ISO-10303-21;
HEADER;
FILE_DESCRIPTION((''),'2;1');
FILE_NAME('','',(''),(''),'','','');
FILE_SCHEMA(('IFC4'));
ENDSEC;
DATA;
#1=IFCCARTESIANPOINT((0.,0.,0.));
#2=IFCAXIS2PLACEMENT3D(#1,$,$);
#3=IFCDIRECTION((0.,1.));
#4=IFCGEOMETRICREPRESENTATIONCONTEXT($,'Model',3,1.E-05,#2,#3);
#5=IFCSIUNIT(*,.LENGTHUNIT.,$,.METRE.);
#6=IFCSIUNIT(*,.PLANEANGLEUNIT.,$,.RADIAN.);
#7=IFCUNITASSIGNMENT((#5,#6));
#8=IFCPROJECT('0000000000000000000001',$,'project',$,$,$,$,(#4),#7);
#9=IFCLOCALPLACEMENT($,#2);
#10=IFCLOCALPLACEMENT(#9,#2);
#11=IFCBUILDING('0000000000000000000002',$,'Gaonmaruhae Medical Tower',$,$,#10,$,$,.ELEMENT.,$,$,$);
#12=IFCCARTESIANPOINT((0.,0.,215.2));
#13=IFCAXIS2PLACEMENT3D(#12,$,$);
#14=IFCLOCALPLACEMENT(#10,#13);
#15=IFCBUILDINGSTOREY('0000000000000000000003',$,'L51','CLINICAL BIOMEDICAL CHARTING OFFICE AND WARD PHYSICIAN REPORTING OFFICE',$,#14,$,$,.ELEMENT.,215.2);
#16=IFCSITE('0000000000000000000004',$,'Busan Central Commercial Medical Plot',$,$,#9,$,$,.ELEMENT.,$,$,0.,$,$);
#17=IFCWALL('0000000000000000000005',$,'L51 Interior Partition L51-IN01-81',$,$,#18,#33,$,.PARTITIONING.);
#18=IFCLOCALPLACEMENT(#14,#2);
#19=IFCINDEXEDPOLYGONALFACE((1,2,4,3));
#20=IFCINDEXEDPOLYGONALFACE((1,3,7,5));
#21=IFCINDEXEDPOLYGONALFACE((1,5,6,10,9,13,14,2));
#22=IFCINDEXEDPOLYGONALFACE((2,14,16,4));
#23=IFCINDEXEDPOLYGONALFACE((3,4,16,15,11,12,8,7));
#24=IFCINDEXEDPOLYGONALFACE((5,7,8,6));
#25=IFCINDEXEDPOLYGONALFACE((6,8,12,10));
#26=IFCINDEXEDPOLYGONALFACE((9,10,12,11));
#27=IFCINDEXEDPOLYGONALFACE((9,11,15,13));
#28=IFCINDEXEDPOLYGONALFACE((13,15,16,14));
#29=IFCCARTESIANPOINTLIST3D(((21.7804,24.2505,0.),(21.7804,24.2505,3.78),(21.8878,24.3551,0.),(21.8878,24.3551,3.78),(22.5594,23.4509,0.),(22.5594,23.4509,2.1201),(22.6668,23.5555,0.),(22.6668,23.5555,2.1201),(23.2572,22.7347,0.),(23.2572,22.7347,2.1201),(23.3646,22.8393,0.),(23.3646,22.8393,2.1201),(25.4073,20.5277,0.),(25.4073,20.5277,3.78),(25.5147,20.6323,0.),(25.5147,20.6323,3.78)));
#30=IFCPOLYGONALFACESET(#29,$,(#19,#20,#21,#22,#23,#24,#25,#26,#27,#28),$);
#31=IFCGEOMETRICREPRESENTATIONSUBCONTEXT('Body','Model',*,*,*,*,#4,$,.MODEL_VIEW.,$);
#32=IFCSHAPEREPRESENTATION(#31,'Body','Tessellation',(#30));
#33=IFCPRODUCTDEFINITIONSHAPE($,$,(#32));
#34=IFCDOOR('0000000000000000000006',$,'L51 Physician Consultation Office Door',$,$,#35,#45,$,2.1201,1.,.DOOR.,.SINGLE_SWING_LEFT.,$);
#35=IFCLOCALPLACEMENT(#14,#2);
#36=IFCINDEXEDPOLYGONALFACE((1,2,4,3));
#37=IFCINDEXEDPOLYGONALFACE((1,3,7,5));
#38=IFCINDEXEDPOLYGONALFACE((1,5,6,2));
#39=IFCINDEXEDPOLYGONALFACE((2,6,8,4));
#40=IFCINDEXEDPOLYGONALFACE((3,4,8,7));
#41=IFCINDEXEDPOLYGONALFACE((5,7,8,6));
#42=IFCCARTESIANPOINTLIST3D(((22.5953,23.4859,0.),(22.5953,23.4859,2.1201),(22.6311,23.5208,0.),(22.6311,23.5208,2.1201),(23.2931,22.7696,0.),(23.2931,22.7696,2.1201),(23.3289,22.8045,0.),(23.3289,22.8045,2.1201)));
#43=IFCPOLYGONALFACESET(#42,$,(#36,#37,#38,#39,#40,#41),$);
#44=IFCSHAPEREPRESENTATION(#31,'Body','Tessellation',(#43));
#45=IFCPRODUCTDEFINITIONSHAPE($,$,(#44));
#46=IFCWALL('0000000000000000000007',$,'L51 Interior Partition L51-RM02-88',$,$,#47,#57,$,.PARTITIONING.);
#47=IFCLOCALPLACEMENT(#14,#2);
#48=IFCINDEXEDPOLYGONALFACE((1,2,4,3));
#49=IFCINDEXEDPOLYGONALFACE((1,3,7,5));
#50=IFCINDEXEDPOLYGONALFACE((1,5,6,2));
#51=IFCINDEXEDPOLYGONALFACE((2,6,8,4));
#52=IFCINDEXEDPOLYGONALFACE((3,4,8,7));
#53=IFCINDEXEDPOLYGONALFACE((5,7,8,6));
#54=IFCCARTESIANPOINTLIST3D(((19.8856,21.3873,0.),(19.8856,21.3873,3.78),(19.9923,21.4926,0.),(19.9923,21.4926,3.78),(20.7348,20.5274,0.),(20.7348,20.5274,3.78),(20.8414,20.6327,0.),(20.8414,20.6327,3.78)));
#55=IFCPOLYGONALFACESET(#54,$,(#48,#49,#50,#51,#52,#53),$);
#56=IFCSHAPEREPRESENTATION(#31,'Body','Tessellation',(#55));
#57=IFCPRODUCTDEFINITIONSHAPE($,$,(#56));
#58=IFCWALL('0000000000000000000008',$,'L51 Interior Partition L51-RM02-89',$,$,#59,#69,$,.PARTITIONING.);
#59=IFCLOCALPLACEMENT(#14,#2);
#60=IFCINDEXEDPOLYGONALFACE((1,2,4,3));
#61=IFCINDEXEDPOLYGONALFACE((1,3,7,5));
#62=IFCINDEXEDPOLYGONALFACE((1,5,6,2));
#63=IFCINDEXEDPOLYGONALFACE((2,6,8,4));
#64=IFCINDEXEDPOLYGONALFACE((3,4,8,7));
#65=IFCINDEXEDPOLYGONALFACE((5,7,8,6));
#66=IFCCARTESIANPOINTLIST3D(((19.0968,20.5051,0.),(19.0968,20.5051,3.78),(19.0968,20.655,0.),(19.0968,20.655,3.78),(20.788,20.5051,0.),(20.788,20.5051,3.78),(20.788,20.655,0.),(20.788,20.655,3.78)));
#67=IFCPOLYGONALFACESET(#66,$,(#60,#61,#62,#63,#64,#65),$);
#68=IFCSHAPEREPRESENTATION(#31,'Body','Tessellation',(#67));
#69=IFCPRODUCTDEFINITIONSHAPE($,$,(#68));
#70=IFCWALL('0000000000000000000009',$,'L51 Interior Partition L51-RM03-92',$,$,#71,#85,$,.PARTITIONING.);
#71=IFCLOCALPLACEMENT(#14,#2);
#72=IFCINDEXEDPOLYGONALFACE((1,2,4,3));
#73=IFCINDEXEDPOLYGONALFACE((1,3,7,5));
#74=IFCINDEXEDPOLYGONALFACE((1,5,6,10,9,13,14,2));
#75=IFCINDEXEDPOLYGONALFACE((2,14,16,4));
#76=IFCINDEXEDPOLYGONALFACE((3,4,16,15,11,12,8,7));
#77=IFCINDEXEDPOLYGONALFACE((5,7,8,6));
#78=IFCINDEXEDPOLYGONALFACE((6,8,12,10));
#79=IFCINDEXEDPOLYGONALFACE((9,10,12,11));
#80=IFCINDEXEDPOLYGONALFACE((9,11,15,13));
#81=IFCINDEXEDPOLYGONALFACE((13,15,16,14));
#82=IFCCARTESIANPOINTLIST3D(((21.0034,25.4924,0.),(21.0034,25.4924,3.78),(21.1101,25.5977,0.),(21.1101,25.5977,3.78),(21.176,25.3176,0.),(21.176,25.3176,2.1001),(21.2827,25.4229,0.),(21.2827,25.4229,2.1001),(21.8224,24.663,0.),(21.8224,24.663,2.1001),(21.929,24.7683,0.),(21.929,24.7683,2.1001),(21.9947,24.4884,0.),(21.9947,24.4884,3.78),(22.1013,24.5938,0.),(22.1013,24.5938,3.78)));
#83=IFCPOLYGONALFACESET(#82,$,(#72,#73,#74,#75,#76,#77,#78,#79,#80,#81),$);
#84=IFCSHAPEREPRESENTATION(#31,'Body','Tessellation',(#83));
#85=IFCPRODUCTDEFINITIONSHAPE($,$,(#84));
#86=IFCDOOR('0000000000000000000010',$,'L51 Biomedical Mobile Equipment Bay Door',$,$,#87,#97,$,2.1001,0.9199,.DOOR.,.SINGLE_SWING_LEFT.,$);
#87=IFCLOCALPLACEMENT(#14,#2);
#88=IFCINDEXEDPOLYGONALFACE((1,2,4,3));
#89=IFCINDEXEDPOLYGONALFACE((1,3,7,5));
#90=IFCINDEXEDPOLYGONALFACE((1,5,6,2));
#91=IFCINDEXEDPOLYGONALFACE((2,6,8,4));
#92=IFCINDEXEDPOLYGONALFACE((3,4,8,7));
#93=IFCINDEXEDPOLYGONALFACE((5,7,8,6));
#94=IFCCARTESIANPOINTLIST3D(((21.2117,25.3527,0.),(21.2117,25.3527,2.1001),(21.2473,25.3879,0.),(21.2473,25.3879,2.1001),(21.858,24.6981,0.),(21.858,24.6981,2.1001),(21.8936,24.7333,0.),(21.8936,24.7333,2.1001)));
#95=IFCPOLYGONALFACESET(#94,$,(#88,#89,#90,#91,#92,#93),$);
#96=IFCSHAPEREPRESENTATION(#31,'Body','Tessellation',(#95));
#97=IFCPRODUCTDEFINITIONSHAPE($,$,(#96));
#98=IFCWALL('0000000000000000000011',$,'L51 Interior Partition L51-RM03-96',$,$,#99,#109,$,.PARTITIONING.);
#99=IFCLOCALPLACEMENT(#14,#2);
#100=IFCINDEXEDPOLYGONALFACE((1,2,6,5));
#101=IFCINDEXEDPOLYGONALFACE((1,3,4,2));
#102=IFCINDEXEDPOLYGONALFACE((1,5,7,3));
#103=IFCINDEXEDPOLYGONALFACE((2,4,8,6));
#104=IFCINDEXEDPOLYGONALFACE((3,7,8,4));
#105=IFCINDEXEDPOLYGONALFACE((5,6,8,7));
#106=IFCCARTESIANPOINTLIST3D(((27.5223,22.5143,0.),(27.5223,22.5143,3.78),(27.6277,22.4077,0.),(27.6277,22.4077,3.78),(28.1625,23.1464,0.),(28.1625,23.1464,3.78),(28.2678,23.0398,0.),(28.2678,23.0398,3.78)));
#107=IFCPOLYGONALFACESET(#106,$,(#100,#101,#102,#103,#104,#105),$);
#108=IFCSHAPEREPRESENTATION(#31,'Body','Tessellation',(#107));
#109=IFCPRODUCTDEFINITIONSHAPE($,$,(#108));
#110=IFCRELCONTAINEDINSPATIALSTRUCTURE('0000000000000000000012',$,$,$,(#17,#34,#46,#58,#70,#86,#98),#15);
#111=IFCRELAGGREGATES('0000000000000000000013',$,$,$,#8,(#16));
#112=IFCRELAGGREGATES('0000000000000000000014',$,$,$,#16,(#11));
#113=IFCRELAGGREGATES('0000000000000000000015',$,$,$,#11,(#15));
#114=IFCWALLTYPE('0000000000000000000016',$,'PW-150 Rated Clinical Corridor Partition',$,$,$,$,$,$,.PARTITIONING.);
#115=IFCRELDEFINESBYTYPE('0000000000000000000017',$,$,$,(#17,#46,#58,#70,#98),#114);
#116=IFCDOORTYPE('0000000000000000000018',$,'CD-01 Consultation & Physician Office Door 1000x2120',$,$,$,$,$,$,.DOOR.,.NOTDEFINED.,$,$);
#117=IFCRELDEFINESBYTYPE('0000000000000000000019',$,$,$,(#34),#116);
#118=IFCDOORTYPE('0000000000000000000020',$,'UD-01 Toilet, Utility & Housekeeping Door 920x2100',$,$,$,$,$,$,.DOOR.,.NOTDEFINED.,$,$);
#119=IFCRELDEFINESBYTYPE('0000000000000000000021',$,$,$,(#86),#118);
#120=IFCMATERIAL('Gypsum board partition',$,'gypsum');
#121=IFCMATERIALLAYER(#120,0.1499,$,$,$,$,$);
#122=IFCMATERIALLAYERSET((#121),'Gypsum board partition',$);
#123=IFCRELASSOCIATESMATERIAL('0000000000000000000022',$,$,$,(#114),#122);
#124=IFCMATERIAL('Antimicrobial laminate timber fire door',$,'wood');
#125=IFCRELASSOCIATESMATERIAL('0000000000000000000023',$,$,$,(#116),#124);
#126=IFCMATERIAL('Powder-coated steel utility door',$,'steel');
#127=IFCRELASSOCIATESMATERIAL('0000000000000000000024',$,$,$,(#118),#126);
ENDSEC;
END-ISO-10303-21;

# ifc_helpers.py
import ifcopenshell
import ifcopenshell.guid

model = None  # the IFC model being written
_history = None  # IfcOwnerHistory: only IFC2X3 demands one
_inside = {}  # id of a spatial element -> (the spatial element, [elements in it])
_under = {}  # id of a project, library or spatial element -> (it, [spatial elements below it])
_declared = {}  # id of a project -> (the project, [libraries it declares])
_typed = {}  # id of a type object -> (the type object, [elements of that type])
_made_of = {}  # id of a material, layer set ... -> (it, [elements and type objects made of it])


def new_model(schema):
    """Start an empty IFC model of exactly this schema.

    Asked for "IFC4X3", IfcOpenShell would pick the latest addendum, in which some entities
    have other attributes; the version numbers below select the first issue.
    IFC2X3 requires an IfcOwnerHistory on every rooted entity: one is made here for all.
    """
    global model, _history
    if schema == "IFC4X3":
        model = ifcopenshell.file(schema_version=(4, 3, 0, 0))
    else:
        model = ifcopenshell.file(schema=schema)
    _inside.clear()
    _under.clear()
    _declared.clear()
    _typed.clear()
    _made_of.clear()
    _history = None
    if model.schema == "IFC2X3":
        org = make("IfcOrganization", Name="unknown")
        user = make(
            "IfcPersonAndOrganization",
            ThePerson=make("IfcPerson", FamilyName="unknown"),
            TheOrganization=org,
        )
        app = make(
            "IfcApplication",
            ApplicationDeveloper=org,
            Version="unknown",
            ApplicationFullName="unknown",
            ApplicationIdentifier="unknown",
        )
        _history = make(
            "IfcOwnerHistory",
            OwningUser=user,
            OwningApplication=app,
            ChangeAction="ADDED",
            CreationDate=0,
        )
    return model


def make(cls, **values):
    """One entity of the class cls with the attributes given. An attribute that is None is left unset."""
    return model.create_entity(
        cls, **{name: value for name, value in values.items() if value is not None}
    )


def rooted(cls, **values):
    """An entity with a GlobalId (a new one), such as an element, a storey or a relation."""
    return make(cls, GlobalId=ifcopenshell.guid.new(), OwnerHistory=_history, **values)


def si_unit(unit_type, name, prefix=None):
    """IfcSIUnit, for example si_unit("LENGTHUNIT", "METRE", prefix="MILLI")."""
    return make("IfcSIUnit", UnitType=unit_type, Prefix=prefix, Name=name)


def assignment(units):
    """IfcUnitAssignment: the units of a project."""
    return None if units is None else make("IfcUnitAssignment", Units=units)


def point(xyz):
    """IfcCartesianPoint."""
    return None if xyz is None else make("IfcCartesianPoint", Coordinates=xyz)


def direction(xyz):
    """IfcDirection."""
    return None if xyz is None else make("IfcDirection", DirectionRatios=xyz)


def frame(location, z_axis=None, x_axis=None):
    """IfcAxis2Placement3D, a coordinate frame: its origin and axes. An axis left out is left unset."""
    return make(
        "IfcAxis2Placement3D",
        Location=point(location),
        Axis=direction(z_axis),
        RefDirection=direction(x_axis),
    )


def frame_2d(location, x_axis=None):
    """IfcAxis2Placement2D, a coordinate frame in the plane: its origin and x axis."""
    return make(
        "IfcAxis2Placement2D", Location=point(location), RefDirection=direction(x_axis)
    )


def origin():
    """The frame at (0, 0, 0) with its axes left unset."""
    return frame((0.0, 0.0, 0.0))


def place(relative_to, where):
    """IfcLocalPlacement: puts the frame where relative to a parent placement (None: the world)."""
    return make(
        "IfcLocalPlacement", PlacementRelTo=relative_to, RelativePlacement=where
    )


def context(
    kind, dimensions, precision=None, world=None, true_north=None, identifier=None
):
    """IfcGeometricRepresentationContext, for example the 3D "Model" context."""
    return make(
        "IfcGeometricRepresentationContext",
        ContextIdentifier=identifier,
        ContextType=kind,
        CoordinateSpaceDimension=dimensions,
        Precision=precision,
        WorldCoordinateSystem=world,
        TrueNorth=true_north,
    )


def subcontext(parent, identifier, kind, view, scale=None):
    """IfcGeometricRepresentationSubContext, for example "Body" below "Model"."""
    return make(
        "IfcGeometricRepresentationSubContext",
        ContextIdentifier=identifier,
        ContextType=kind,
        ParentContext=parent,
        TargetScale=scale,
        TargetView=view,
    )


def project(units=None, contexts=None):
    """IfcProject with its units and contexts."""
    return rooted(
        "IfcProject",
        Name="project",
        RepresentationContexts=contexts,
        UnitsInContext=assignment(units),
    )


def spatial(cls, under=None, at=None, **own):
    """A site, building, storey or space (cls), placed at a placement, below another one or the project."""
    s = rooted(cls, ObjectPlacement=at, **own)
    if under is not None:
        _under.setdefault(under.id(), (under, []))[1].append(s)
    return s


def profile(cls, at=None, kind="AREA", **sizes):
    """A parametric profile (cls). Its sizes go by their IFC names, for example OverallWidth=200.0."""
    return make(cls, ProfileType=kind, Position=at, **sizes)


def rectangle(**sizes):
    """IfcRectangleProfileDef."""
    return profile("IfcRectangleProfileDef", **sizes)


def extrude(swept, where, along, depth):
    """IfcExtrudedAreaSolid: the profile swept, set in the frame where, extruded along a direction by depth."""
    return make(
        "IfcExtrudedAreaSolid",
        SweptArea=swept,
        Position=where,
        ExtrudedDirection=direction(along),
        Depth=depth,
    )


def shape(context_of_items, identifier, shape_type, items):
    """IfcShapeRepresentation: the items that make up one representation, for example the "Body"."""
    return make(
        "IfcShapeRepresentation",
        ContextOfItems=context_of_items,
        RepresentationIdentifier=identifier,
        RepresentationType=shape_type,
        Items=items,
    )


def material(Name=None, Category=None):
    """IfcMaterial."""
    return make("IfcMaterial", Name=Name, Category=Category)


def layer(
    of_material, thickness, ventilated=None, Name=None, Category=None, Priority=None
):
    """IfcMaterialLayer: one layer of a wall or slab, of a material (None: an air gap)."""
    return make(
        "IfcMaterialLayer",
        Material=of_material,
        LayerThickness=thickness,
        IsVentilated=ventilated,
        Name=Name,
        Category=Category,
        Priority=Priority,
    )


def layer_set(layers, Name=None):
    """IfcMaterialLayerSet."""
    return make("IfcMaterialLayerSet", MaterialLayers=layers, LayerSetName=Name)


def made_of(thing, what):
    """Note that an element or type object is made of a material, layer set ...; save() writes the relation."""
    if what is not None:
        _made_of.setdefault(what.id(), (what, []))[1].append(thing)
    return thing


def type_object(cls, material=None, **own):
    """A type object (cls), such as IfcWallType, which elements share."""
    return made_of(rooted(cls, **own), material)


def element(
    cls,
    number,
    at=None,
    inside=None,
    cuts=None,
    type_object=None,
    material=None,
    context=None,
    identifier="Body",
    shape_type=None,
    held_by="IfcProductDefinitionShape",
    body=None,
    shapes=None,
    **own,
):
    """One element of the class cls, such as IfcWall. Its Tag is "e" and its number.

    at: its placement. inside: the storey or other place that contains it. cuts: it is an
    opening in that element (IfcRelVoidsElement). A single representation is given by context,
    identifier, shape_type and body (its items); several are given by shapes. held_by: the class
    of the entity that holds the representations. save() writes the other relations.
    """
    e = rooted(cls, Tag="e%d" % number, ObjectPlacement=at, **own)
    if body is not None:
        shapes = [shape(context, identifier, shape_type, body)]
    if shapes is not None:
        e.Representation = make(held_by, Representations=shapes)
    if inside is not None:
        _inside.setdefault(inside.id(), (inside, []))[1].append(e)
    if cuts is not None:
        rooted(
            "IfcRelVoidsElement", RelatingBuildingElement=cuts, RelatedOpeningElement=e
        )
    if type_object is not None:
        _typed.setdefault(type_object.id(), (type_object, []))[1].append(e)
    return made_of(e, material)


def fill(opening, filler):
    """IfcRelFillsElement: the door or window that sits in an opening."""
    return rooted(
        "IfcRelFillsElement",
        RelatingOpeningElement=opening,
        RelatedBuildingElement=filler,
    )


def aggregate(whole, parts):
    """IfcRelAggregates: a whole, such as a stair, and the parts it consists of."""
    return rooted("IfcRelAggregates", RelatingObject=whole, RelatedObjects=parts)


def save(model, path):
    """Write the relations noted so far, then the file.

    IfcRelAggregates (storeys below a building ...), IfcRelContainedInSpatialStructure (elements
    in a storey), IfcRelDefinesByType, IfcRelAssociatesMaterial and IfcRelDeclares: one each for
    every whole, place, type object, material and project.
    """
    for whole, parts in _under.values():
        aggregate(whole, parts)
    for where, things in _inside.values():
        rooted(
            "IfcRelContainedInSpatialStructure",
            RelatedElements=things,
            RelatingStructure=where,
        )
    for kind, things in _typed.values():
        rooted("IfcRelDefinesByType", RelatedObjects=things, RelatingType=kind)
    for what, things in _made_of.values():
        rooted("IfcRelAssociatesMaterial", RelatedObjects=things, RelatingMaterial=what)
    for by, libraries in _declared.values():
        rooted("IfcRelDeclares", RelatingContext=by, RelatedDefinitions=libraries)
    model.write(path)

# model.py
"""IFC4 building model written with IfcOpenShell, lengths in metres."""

from ifc_helpers import new_model, si_unit, direction, frame, frame_2d, origin, place, context, subcontext, project, spatial, rectangle, extrude, material, layer, layer_set, type_object, element, fill, save


model = new_model("IFC4")

# Units and contexts
model_context = context("Model", 3, precision=1e-05, world=origin(), true_north=direction((0.0, 1.0)))
body_context = subcontext(model_context, "Body", "Model", "MODEL_VIEW")
ifc_project = project(units=[si_unit("LENGTHUNIT", "METRE"), si_unit("PLANEANGLEUNIT", "RADIAN")], contexts=[model_context])

# Site, building, storey
site_placement = place(None, origin())
site = spatial("IfcSite", under=ifc_project, at=site_placement, Name="Busan Central Commercial Medical Plot", CompositionType="ELEMENT", RefElevation=0.0)
building_placement = place(site_placement, origin())
building = spatial("IfcBuilding", under=site, at=building_placement, Name="Gaonmaruhae Medical Tower", CompositionType="ELEMENT")
storey_placement = place(building_placement, frame((0.0, 0.0, 215.2)))
storey = spatial("IfcBuildingStorey", under=building, at=storey_placement, Name="L51", Description="CLINICAL BIOMEDICAL CHARTING OFFICE AND WARD PHYSICIAN REPORTING OFFICE", CompositionType="ELEMENT", Elevation=215.2)

# Shared definitions
ifc_material_1 = material(Name="Gypsum board partition", Category="gypsum")
ifc_layer_1 = layer(ifc_material_1, 0.1499)
ifc_layer_set_1 = layer_set([ifc_layer_1], Name="Gypsum board partition")
wall_type_1 = type_object("IfcWallType", Name="PW-150 Rated Clinical Corridor Partition", PredefinedType="PARTITIONING", material=ifc_layer_set_1)

# Wall, opening, door
wall_1_placement = place(storey_placement, frame((25.4609, 20.5801, 0.0), z_axis=(0.0, 0.0, 1.0), x_axis=(-0.697817, 0.716277, 0.0)))
wall_1 = element("IfcWall", 1, at=wall_1_placement, inside=storey, type_object=wall_type_1, Name="L51 Interior Partition L51-IN01-81", PredefinedType="PARTITIONING", context=body_context, shape_type="SweptSolid", body=[
    extrude(rectangle(XDim=5.1975, YDim=0.1499, at=frame_2d((2.5986, 0.0))), origin(), (0.0, 0.0, 1.0), 3.78),
])
opening_1_placement = place(wall_1_placement, frame((3.0811, 0.0, 0.0)))
opening_1 = element("IfcOpeningElement", 2, at=opening_1_placement, cuts=wall_1, PredefinedType="OPENING", context=body_context, shape_type="SweptSolid", body=[
    extrude(rectangle(XDim=1.0, YDim=2.1201, at=frame_2d((0.5, 1.0601))), frame((0.0, 0.085, 0.0), z_axis=(0.0, -1.0, 0.0), x_axis=(1.0, 0.0, 0.0)), (0.0, 0.0, 1.0), 0.1699),
])
ifc_material_2 = material(Name="Antimicrobial laminate timber fire door", Category="wood")
door_type_1 = type_object("IfcDoorType", Name="CD-01 Consultation & Physician Office Door 1000x2120", OperationType="NOTDEFINED", PredefinedType="DOOR", material=ifc_material_2)
door_1_placement = place(opening_1_placement, origin())
door_1 = element("IfcDoor", 3, at=door_1_placement, inside=storey, type_object=door_type_1, Name="L51 Physician Consultation Office Door", OperationType="SINGLE_SWING_LEFT", OverallHeight=2.1201, OverallWidth=1.0, PredefinedType="DOOR", context=body_context, shape_type="SweptSolid", body=[
    extrude(rectangle(XDim=1.0, YDim=2.1201, at=frame_2d((0.5, 1.0601))), frame((0.0, 0.0249, 0.0), z_axis=(0.0, -1.0, 0.0), x_axis=(1.0, 0.0, 0.0)), (0.0, 0.0, 1.0), 0.05),
])
fill(opening_1, door_1)

# Walls
wall_2_placement = place(storey_placement, frame((19.939, 21.4399, 0.0), z_axis=(0.0, 0.0, 1.0), x_axis=(0.702648, -0.711537, 0.0)))
element("IfcWall", 4, at=wall_2_placement, inside=storey, type_object=wall_type_1, Name="L51 Interior Partition L51-RM02-88", PredefinedType="PARTITIONING", context=body_context, shape_type="SweptSolid", body=[
    extrude(rectangle(XDim=1.2085, YDim=0.1499, at=frame_2d((0.6042, 0.0))), origin(), (0.0, 0.0, 1.0), 3.78),
])
wall_3_placement = place(storey_placement, frame((20.7881, 20.5801, 0.0), z_axis=(0.0, 0.0, 1.0), x_axis=(-1.0, 0.0, 0.0)))
element("IfcWall", 5, at=wall_3_placement, inside=storey, type_object=wall_type_1, Name="L51 Interior Partition L51-RM02-89", PredefinedType="PARTITIONING", context=body_context, shape_type="SweptSolid", body=[
    extrude(rectangle(XDim=1.6912, YDim=0.1499, at=frame_2d((0.8457, 0.0))), origin(), (0.0, 0.0, 1.0), 3.78),
])

# Wall, opening, door
wall_4_placement = place(storey_placement, frame((22.0481, 24.541, 0.0), z_axis=(0.0, 0.0, 1.0), x_axis=(-0.702593, 0.711592, 0.0)))
wall_4 = element("IfcWall", 6, at=wall_4_placement, inside=storey, type_object=wall_type_1, Name="L51 Interior Partition L51-RM03-92", PredefinedType="PARTITIONING", context=body_context, shape_type="SweptSolid", body=[
    extrude(rectangle(XDim=1.4109, YDim=0.1499, at=frame_2d((0.7056, 0.0))), origin(), (0.0, 0.0, 1.0), 3.78),
])
opening_2_placement = place(wall_4_placement, frame((0.2454, 0.0, 0.0)))
opening_2 = element("IfcOpeningElement", 7, at=opening_2_placement, cuts=wall_4, PredefinedType="OPENING", context=body_context, shape_type="SweptSolid", body=[
    extrude(rectangle(XDim=0.9199, YDim=2.1001, at=frame_2d((0.46, 1.05))), frame((0.0, 0.085, 0.0), z_axis=(0.0, -1.0, 0.0), x_axis=(1.0, 0.0, 0.0)), (0.0, 0.0, 1.0), 0.1699),
])
ifc_material_3 = material(Name="Powder-coated steel utility door", Category="steel")
door_type_2 = type_object("IfcDoorType", Name="UD-01 Toilet, Utility & Housekeeping Door 920x2100", OperationType="NOTDEFINED", PredefinedType="DOOR", material=ifc_material_3)
door_2_placement = place(opening_2_placement, origin())
door_2 = element("IfcDoor", 8, at=door_2_placement, inside=storey, type_object=door_type_2, Name="L51 Biomedical Mobile Equipment Bay Door", OperationType="SINGLE_SWING_LEFT", OverallHeight=2.1001, OverallWidth=0.9199, PredefinedType="DOOR", context=body_context, shape_type="SweptSolid", body=[
    extrude(rectangle(XDim=0.9199, YDim=2.1001, at=frame_2d((0.46, 1.05))), frame((0.0, 0.0249, 0.0), z_axis=(0.0, -1.0, 0.0), x_axis=(1.0, 0.0, 0.0)), (0.0, 0.0, 1.0), 0.05),
])
fill(opening_2, door_2)

# Wall
wall_5_placement = place(storey_placement, frame((28.2151, 23.093, 0.0), z_axis=(0.0, 0.0, 1.0), x_axis=(-0.71157, -0.702615, 0.0)))
element("IfcWall", 9, at=wall_5_placement, inside=storey, type_object=wall_type_1, Name="L51 Interior Partition L51-RM03-96", PredefinedType="PARTITIONING", context=body_context, shape_type="SweptSolid", body=[
    extrude(rectangle(XDim=0.8997, YDim=0.1499, at=frame_2d((0.4497, 0.0))), origin(), (0.0, 0.0, 1.0), 3.78),
])

save(model, "model.ifc")
